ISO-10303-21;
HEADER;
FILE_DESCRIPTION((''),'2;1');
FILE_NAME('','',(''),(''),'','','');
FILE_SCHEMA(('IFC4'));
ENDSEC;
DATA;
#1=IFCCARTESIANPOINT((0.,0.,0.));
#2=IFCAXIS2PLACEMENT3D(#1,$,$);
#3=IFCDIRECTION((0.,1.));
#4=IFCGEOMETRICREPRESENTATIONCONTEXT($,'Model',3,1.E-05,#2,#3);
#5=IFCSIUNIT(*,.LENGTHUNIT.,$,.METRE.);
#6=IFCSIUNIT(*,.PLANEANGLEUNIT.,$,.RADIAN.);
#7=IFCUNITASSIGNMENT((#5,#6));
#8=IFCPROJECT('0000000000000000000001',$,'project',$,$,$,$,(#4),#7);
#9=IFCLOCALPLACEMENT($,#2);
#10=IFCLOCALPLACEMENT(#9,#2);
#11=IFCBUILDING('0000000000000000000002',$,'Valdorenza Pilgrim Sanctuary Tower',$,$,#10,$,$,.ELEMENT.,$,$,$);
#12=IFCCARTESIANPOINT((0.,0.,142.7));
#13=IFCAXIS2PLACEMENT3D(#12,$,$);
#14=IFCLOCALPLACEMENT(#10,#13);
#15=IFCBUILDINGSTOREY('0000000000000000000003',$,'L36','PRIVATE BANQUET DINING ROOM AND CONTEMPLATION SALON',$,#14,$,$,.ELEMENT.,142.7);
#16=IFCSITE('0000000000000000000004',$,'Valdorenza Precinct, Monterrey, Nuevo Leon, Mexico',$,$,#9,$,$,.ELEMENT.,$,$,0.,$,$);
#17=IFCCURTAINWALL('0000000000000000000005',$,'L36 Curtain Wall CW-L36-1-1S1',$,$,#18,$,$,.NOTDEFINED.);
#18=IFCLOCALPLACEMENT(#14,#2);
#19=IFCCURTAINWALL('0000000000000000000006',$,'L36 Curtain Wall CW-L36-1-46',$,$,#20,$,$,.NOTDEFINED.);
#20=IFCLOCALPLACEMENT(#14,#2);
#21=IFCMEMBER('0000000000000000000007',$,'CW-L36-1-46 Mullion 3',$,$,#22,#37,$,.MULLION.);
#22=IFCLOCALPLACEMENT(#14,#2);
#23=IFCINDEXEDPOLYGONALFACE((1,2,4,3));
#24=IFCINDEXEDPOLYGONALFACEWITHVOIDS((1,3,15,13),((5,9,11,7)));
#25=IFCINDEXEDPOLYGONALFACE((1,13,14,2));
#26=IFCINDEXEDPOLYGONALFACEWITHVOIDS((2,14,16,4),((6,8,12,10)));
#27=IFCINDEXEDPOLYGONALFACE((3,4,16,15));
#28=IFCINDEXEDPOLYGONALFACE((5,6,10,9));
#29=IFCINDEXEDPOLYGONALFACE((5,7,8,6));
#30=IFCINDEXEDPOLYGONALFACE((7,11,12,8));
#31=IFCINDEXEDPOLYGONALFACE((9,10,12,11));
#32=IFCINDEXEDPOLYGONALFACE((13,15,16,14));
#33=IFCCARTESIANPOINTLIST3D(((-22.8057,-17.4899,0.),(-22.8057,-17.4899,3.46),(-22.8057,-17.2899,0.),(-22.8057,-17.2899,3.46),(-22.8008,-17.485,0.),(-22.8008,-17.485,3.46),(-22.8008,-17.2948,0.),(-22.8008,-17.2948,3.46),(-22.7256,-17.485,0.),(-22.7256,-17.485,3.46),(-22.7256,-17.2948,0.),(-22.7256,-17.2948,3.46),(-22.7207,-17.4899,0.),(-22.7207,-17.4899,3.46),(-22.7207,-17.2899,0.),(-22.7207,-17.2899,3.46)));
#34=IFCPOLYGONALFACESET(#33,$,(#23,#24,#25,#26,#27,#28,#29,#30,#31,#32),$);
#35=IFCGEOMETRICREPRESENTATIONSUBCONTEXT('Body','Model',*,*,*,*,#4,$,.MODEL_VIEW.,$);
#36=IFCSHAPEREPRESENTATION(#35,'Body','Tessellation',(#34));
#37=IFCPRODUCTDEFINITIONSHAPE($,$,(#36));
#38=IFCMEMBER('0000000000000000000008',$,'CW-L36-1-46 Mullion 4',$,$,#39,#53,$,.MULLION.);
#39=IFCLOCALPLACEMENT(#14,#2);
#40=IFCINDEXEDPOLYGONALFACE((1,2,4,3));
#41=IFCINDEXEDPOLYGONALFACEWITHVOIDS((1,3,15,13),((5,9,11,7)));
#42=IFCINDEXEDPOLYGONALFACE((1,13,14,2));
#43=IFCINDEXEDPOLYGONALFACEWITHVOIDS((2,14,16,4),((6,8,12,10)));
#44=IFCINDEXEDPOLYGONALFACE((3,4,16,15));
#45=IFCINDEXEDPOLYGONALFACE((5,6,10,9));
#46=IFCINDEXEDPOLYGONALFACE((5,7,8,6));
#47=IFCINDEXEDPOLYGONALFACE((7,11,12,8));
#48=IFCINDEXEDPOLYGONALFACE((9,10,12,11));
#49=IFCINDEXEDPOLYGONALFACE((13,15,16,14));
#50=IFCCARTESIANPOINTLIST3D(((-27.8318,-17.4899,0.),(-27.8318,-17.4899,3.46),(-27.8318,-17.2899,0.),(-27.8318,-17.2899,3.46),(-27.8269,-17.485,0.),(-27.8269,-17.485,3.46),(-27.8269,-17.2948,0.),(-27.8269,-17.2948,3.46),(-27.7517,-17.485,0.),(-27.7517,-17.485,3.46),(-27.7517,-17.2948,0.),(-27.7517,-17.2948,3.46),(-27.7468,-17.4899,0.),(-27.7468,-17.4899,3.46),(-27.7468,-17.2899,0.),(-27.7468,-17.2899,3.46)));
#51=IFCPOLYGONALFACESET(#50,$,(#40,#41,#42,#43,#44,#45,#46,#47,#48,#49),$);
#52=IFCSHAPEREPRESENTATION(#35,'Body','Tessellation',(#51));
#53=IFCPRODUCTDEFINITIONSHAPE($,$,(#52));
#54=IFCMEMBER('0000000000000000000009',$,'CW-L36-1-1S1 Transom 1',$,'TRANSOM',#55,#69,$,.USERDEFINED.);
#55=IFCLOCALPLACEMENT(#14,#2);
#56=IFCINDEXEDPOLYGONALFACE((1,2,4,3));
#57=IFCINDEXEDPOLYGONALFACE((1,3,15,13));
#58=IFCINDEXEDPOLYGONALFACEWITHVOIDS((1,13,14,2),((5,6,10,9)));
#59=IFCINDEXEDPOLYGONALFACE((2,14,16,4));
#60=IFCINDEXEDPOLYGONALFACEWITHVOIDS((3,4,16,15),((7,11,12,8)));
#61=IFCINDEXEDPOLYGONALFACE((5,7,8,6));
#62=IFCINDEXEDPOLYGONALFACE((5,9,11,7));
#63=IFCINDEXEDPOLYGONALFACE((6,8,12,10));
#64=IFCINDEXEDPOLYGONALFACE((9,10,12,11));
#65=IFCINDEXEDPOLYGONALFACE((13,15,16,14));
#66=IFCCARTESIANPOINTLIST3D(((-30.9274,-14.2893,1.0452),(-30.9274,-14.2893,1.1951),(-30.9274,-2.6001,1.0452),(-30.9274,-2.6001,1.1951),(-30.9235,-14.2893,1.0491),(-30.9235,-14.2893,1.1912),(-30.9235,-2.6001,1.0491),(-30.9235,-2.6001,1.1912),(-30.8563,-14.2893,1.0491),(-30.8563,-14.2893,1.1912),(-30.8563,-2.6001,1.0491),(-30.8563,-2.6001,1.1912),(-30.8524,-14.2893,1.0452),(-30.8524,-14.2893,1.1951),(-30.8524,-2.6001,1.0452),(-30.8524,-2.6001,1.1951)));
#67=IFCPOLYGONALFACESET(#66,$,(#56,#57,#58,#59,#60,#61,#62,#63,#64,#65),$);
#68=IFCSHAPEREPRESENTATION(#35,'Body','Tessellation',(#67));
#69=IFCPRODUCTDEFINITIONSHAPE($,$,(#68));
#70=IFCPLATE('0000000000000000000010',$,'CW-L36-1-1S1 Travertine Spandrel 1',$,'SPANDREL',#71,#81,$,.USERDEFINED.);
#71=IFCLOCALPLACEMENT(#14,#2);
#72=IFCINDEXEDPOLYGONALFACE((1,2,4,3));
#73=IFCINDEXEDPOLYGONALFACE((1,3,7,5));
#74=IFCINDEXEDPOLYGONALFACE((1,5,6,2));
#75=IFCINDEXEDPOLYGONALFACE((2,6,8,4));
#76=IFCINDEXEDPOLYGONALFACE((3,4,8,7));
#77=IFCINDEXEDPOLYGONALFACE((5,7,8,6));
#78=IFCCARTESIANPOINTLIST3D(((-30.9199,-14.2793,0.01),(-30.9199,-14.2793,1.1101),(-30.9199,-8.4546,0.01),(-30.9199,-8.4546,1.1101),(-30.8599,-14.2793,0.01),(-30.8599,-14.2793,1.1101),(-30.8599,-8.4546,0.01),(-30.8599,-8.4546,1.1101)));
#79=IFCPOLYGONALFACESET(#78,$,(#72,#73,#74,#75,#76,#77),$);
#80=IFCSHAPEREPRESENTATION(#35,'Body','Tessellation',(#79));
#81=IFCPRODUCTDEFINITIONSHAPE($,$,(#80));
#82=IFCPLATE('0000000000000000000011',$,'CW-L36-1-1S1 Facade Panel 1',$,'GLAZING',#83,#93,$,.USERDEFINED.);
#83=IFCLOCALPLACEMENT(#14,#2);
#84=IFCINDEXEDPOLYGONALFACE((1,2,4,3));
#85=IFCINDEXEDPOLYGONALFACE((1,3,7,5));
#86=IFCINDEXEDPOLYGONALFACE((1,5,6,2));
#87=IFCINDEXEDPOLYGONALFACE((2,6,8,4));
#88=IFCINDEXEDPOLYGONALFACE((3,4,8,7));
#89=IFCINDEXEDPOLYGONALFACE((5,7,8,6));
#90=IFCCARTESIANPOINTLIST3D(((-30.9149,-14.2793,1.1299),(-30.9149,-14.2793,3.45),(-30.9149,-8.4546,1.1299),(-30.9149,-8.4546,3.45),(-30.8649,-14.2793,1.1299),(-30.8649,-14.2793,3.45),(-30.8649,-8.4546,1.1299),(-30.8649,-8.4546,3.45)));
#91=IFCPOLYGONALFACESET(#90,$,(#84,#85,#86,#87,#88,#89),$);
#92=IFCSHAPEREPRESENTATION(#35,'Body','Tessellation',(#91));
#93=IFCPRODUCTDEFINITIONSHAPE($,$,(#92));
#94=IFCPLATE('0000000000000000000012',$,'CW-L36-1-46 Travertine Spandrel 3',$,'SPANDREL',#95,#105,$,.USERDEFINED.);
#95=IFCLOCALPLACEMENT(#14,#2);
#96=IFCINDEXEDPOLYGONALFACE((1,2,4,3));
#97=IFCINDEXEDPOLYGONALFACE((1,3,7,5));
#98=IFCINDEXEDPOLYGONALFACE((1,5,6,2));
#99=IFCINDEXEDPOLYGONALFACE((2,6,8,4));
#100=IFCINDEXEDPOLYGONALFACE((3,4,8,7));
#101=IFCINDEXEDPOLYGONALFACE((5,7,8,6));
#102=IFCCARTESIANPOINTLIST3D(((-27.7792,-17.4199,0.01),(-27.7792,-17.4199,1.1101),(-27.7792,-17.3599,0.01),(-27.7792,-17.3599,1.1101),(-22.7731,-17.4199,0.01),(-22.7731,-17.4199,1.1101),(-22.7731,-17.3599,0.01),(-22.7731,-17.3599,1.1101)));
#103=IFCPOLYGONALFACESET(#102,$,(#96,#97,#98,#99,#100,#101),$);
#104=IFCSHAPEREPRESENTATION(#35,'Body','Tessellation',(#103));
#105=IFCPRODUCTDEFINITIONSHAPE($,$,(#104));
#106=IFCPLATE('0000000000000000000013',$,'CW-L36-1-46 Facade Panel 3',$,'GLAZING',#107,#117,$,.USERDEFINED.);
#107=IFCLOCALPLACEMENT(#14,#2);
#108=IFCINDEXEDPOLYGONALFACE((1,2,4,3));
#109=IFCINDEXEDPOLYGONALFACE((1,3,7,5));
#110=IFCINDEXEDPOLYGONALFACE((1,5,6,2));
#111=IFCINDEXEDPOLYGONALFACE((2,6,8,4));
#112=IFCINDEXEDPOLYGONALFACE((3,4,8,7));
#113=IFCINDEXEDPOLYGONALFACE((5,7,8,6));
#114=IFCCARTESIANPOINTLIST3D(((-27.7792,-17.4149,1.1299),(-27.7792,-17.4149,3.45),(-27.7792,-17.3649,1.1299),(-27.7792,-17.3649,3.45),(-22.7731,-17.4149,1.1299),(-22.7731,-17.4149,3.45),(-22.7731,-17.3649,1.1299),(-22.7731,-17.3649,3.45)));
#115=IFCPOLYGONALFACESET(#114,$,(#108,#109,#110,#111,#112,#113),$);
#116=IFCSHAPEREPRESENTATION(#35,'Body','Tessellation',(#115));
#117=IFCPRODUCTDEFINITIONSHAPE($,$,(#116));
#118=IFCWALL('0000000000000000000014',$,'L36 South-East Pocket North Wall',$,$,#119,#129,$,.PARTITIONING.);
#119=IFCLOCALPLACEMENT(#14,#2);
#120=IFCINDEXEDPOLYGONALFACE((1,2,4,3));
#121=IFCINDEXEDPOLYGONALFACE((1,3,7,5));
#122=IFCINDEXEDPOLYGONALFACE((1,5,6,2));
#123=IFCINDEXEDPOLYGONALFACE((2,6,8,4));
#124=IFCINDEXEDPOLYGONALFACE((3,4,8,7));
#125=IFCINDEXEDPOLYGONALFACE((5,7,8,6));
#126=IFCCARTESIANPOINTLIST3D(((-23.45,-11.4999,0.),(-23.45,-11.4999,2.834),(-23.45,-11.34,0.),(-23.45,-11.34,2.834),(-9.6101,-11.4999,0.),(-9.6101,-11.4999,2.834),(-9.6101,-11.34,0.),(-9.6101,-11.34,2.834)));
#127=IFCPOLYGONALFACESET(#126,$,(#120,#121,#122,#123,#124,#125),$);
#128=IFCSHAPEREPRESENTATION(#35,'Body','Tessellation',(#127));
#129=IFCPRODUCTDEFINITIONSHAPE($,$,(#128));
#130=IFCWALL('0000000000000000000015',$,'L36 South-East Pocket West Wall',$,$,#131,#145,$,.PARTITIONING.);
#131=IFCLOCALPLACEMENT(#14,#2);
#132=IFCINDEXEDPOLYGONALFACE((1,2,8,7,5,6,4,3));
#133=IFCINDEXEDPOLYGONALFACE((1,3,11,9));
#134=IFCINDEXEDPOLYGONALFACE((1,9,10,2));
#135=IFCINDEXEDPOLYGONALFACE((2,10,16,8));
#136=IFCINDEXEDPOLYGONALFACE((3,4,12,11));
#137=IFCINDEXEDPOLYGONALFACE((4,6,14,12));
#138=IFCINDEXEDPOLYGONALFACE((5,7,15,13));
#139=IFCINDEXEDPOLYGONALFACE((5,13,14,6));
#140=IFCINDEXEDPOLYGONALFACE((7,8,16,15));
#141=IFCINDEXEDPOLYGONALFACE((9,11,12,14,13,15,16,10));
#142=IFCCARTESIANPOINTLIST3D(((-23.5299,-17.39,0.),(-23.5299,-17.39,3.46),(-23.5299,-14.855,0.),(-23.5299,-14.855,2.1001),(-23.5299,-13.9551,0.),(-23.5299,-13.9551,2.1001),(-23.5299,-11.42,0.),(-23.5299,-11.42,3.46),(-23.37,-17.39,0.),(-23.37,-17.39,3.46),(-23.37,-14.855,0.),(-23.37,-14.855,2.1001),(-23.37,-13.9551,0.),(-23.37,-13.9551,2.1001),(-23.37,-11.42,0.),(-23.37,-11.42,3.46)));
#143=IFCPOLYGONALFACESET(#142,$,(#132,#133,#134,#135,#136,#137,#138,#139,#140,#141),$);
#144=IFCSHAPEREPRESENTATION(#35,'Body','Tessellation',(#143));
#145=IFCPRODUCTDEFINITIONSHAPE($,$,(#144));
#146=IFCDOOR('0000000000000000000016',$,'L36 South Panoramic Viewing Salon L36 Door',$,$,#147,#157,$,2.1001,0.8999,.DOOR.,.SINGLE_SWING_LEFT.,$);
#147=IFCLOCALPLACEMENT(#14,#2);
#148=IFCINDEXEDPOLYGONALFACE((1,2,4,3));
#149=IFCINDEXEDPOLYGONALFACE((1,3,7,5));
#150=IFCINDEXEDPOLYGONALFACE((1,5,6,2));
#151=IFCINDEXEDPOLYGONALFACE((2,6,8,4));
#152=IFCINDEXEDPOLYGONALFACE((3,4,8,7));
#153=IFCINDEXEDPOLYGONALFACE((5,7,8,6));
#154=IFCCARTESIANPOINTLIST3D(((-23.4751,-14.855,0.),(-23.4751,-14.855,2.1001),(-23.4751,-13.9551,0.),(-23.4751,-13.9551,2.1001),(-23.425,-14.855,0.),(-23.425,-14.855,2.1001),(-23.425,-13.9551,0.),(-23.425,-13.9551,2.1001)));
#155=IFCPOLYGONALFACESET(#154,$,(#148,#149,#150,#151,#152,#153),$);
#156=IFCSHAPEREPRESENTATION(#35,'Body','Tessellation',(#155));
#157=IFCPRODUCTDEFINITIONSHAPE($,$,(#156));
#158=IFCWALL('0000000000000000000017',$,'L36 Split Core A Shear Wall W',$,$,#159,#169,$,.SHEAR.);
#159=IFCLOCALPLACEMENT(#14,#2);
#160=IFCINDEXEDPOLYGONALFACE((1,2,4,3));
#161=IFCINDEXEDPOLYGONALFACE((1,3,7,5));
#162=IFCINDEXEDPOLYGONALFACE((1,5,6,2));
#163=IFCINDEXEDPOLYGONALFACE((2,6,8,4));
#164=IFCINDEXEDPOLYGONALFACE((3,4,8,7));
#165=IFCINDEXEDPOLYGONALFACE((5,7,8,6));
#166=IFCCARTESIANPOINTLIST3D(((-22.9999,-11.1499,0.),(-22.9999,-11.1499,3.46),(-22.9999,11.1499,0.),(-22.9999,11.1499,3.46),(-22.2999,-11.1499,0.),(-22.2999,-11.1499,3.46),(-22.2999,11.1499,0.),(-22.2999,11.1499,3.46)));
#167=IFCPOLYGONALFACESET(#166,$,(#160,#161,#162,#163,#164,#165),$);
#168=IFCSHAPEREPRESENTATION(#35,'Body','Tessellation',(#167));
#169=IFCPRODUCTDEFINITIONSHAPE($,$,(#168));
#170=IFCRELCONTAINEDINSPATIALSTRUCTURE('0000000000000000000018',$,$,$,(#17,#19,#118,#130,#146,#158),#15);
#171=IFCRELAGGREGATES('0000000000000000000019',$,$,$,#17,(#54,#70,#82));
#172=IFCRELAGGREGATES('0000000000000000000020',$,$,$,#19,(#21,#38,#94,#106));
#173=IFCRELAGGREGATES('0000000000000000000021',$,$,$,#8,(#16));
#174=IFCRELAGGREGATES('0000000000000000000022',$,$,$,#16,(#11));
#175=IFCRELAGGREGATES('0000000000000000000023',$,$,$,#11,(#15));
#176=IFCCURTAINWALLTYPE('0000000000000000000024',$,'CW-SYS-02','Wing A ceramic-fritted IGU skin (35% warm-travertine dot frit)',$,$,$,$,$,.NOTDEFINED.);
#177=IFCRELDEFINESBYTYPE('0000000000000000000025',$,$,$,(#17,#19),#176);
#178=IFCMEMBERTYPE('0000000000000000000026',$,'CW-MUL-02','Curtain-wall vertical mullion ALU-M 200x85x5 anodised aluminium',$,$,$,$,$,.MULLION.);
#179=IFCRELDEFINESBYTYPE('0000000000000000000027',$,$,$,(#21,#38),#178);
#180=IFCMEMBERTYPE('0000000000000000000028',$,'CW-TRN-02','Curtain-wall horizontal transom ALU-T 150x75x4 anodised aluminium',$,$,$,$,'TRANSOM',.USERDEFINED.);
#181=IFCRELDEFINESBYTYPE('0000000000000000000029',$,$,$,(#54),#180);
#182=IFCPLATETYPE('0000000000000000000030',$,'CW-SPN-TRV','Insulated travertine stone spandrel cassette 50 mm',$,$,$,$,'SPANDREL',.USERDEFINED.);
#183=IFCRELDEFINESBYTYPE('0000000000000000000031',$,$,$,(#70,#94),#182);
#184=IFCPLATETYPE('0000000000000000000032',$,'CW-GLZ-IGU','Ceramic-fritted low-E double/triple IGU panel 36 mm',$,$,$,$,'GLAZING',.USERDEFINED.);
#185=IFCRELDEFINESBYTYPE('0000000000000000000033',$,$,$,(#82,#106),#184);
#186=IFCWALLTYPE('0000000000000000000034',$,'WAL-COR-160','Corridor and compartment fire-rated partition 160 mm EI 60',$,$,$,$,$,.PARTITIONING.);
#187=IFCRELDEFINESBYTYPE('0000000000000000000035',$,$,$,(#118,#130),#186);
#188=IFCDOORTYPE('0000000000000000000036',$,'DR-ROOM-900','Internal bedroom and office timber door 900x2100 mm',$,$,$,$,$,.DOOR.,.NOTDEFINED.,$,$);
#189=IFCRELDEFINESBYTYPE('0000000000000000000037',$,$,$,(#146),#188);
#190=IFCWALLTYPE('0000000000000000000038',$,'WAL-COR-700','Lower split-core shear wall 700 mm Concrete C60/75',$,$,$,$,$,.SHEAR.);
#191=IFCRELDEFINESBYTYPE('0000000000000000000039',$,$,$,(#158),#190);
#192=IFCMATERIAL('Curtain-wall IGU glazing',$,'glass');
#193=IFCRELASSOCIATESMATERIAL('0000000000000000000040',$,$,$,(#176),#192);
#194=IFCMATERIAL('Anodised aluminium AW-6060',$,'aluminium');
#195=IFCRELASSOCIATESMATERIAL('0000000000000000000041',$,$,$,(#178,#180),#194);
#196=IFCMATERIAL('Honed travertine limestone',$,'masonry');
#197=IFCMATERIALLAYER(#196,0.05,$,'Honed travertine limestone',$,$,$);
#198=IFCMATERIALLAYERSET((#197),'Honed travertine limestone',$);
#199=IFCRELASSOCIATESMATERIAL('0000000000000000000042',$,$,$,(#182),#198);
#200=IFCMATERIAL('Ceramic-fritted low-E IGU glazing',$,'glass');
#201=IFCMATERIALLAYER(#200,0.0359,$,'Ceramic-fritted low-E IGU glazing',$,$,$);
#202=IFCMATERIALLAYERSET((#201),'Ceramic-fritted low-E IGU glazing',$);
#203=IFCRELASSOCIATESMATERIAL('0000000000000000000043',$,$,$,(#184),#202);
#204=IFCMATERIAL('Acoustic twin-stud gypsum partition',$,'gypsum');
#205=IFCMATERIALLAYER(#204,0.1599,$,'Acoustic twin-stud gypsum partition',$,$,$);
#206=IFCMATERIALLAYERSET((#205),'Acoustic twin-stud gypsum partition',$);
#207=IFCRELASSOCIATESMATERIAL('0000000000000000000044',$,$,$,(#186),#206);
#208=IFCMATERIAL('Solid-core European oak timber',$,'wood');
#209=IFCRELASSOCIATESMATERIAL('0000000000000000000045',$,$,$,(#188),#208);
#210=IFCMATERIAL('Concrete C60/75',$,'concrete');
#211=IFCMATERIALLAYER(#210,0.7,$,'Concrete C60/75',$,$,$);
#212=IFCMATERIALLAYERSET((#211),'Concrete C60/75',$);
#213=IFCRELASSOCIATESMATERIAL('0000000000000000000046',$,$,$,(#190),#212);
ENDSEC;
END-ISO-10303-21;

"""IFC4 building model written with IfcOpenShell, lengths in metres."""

from ifc_helpers import new_model, si_unit, direction, frame, frame_2d, origin, origin_2d, place, context, subcontext, project, spatial, rectangle, hollow_rectangle, extrude, source, transform, mapped, material, layer, layer_set, material_profile, profile_set, type_object, element, fill, aggregate, save


model = new_model("IFC4")

# Units and contexts
model_context = context("Model", 3, precision=1e-05, world=origin(), true_north=direction((0.0, 1.0)))
body_context = subcontext(model_context, "Body", "Model", "MODEL_VIEW")
ifc_project = project(units=[si_unit("LENGTHUNIT", "METRE"), si_unit("PLANEANGLEUNIT", "RADIAN")], contexts=[model_context])

# Site, building, storey
site_placement = place(None, origin())
site = spatial("IfcSite", under=ifc_project, at=site_placement, Name="Valdorenza Precinct, Monterrey, Nuevo Leon, Mexico", CompositionType="ELEMENT", RefElevation=0.0)
building_placement = place(site_placement, origin())
building = spatial("IfcBuilding", under=site, at=building_placement, Name="Valdorenza Pilgrim Sanctuary Tower", CompositionType="ELEMENT")
storey_placement = place(building_placement, frame((0.0, 0.0, 142.7)))
storey = spatial("IfcBuildingStorey", under=building, at=storey_placement, Name="L36", Description="PRIVATE BANQUET DINING ROOM AND CONTEMPLATION SALON", CompositionType="ELEMENT", Elevation=142.7)

# Shared definitions
ifc_material_1 = material(Name="Concrete C60/75", Category="concrete")

# Curtain wall
ifc_material_2 = material(Name="Curtain-wall IGU glazing", Category="glass")
curtain_wall_type = type_object("IfcCurtainWallType", Name="CW-SYS-02", Description="Wing A ceramic-fritted IGU skin (35% warm-travertine dot frit)", PredefinedType="NOTDEFINED", material=ifc_material_2)
curtain_wall_1_placement = place(storey_placement, origin())
curtain_wall_1 = element("IfcCurtainWall", 1, at=curtain_wall_1_placement, inside=storey, type_object=curtain_wall_type, Name="L36 Curtain Wall CW-L36-1-1S1", PredefinedType="NOTDEFINED")
ifc_material_3 = material(Name="Anodised aluminium AW-6060", Category="aluminium")
ifc_material_profile_1 = material_profile(ifc_material_3, hollow_rectangle(XDim=0.085, YDim=0.2, WallThickness=0.0049, at=origin_2d()), Name="ALU-M 200x85x5")
ifc_profile_set_1 = profile_set([ifc_material_profile_1], Name="Anodised aluminium AW-6060")
member_type_1 = type_object("IfcMemberType", Name="CW-MUL-02", Description="Curtain-wall vertical mullion ALU-M 200x85x5 anodised aluminium", PredefinedType="MULLION", material=ifc_profile_set_1)
shared_shape_1 = source(origin(), body_context, "Body", "SweptSolid", [
    extrude(hollow_rectangle(XDim=0.085, YDim=0.2, WallThickness=0.0049, at=origin_2d()), origin(), (0.0, 0.0, 1.0), 3.46),
])

# Curtain wall, members
curtain_wall_2_placement = place(storey_placement, origin())
curtain_wall_2 = element("IfcCurtainWall", 2, at=curtain_wall_2_placement, inside=storey, type_object=curtain_wall_type, Name="L36 Curtain Wall CW-L36-1-46", PredefinedType="NOTDEFINED")
member_1_placement = place(storey_placement, frame((-22.7632, -17.3899, 0.0), z_axis=(0.0, 0.0, 1.0), x_axis=(-1.0, 0.0, 0.0)))
member_1 = element("IfcMember", 3, at=member_1_placement, type_object=member_type_1, Name="CW-L36-1-46 Mullion 3", PredefinedType="MULLION", context=body_context, shape_type="MappedRepresentation", body=[
    mapped(shared_shape_1, transform((0.0, 0.0, 0.0), x_axis=(1.0, 0.0, 0.0), y_axis=(0.0, 1.0, 0.0), z_axis=(0.0, 0.0, 1.0), scale=1.0)),
])
member_2_placement = place(storey_placement, frame((-27.7893, -17.3899, 0.0), z_axis=(0.0, 0.0, 1.0), x_axis=(-1.0, 0.0, 0.0)))
member_2 = element("IfcMember", 4, at=member_2_placement, type_object=member_type_1, Name="CW-L36-1-46 Mullion 4", PredefinedType="MULLION", context=body_context, shape_type="MappedRepresentation", body=[
    mapped(shared_shape_1, transform((0.0, 0.0, 0.0), x_axis=(1.0, 0.0, 0.0), y_axis=(0.0, 1.0, 0.0), z_axis=(0.0, 0.0, 1.0), scale=1.0)),
])

# Member
ifc_material_profile_2 = material_profile(ifc_material_3, hollow_rectangle(XDim=0.075, YDim=0.1499, WallThickness=0.0039, at=origin_2d()), Name="ALU-T 150x75x4")
ifc_profile_set_2 = profile_set([ifc_material_profile_2], Name="Anodised aluminium AW-6060")
member_type_2 = type_object("IfcMemberType", Name="CW-TRN-02", Description="Curtain-wall horizontal transom ALU-T 150x75x4 anodised aluminium", ElementType="TRANSOM", PredefinedType="USERDEFINED", material=ifc_profile_set_2)
shared_shape_2 = source(origin(), body_context, "Body", "SweptSolid", [
    extrude(hollow_rectangle(XDim=0.075, YDim=0.1499, WallThickness=0.0039, at=origin_2d()), origin(), (0.0, 0.0, 1.0), 11.6892),
])
member_3_placement = place(storey_placement, frame((-30.8899, -14.2893, 1.1201), z_axis=(0.0, 1.0, 0.0), x_axis=(-1.0, 0.0, 0.0)))
member_3 = element("IfcMember", 5, at=member_3_placement, type_object=member_type_2, Name="CW-L36-1-1S1 Transom 1", ObjectType="TRANSOM", PredefinedType="USERDEFINED", context=body_context, shape_type="MappedRepresentation", body=[
    mapped(shared_shape_2, transform((0.0, 0.0, 0.0), x_axis=(1.0, 0.0, 0.0), y_axis=(0.0, 1.0, 0.0), z_axis=(0.0, 0.0, 1.0), scale=1.0)),
])

# Plates
ifc_material_4 = material(Name="Honed travertine limestone", Category="masonry")
ifc_layer_1 = layer(ifc_material_4, 0.05, Name="Honed travertine limestone")
ifc_layer_set_1 = layer_set([ifc_layer_1], Name="Honed travertine limestone")
plate_type_1 = type_object("IfcPlateType", Name="CW-SPN-TRV", Description="Insulated travertine stone spandrel cassette 50 mm", ElementType="SPANDREL", PredefinedType="USERDEFINED", material=ifc_layer_set_1)
shared_shape_3 = source(origin(), body_context, "Body", "SweptSolid", [
    extrude(rectangle(XDim=5.8247, YDim=0.0601, at=origin_2d()), origin(), (0.0, 0.0, 1.0), 1.1001),
])
plate_1_placement = place(storey_placement, frame((-30.8899, -11.3669, 0.01), z_axis=(0.0, 0.0, 1.0), x_axis=(0.0, 1.0, 0.0)))
plate_1 = element("IfcPlate", 6, at=plate_1_placement, type_object=plate_type_1, Name="CW-L36-1-1S1 Travertine Spandrel 1", ObjectType="SPANDREL", PredefinedType="USERDEFINED", context=body_context, shape_type="MappedRepresentation", body=[
    mapped(shared_shape_3, transform((0.0, 0.0, 0.0), x_axis=(1.0, 0.0, 0.0), y_axis=(0.0, 1.0, 0.0), z_axis=(0.0, 0.0, 1.0), scale=1.0)),
])
ifc_material_5 = material(Name="Ceramic-fritted low-E IGU glazing", Category="glass")
ifc_layer_2 = layer(ifc_material_5, 0.0359, Name="Ceramic-fritted low-E IGU glazing")
ifc_layer_set_2 = layer_set([ifc_layer_2], Name="Ceramic-fritted low-E IGU glazing")
plate_type_2 = type_object("IfcPlateType", Name="CW-GLZ-IGU", Description="Ceramic-fritted low-E double/triple IGU panel 36 mm", ElementType="GLAZING", PredefinedType="USERDEFINED", material=ifc_layer_set_2)
shared_shape_4 = source(origin(), body_context, "Body", "SweptSolid", [
    extrude(rectangle(XDim=5.8247, YDim=0.05, at=origin_2d()), origin(), (0.0, 0.0, 1.0), 2.3201),
])
plate_2_placement = place(storey_placement, frame((-30.8899, -11.3669, 1.1299), z_axis=(0.0, 0.0, 1.0), x_axis=(0.0, 1.0, 0.0)))
plate_2 = element("IfcPlate", 7, at=plate_2_placement, type_object=plate_type_2, Name="CW-L36-1-1S1 Facade Panel 1", ObjectType="GLAZING", PredefinedType="USERDEFINED", context=body_context, shape_type="MappedRepresentation", body=[
    mapped(shared_shape_4, transform((0.0, 0.0, 0.0), x_axis=(1.0, 0.0, 0.0), y_axis=(0.0, 1.0, 0.0), z_axis=(0.0, 0.0, 1.0), scale=1.0)),
])
aggregate(curtain_wall_1, [member_3, plate_1, plate_2])
shared_shape_5 = source(origin(), body_context, "Body", "SweptSolid", [
    extrude(rectangle(XDim=5.0061, YDim=0.0601, at=origin_2d()), origin(), (0.0, 0.0, 1.0), 1.1001),
])
plate_3_placement = place(storey_placement, frame((-25.2761, -17.3899, 0.01), z_axis=(0.0, 0.0, 1.0), x_axis=(-1.0, 0.0, 0.0)))
plate_3 = element("IfcPlate", 8, at=plate_3_placement, type_object=plate_type_1, Name="CW-L36-1-46 Travertine Spandrel 3", ObjectType="SPANDREL", PredefinedType="USERDEFINED", context=body_context, shape_type="MappedRepresentation", body=[
    mapped(shared_shape_5, transform((0.0, 0.0, 0.0), x_axis=(1.0, 0.0, 0.0), y_axis=(0.0, 1.0, 0.0), z_axis=(0.0, 0.0, 1.0), scale=1.0)),
])
shared_shape_6 = source(origin(), body_context, "Body", "SweptSolid", [
    extrude(rectangle(XDim=5.0061, YDim=0.05, at=origin_2d()), origin(), (0.0, 0.0, 1.0), 2.3201),
])
plate_4_placement = place(storey_placement, frame((-25.2761, -17.3899, 1.1299), z_axis=(0.0, 0.0, 1.0), x_axis=(-1.0, 0.0, 0.0)))
plate_4 = element("IfcPlate", 9, at=plate_4_placement, type_object=plate_type_2, Name="CW-L36-1-46 Facade Panel 3", ObjectType="GLAZING", PredefinedType="USERDEFINED", context=body_context, shape_type="MappedRepresentation", body=[
    mapped(shared_shape_6, transform((0.0, 0.0, 0.0), x_axis=(1.0, 0.0, 0.0), y_axis=(0.0, 1.0, 0.0), z_axis=(0.0, 0.0, 1.0), scale=1.0)),
])
aggregate(curtain_wall_2, [member_1, member_2, plate_3, plate_4])

# Wall
ifc_material_6 = material(Name="Acoustic twin-stud gypsum partition", Category="gypsum")
ifc_layer_3 = layer(ifc_material_6, 0.1599, Name="Acoustic twin-stud gypsum partition")
ifc_layer_set_3 = layer_set([ifc_layer_3], Name="Acoustic twin-stud gypsum partition")
wall_type_1 = type_object("IfcWallType", Name="WAL-COR-160", Description="Corridor and compartment fire-rated partition 160 mm EI 60", PredefinedType="PARTITIONING", material=ifc_layer_set_3)
wall_1_placement = place(storey_placement, frame((-23.45, -11.4199, 0.0), z_axis=(0.0, 0.0, 1.0), x_axis=(1.0, 0.0, 0.0)))
element("IfcWall", 10, at=wall_1_placement, inside=storey, type_object=wall_type_1, Name="L36 South-East Pocket North Wall", PredefinedType="PARTITIONING", context=body_context, shape_type="SweptSolid", body=[
    extrude(rectangle(XDim=13.8398, YDim=0.1599, at=frame_2d((6.9199, 0.0))), origin(), (0.0, 0.0, 1.0), 2.834),
])

# Wall, opening, door
wall_2_placement = place(storey_placement, frame((-23.45, -17.3899, 0.0), z_axis=(0.0, 0.0, 1.0), x_axis=(0.0, 1.0, 0.0)))
wall_2 = element("IfcWall", 11, at=wall_2_placement, inside=storey, type_object=wall_type_1, Name="L36 South-East Pocket West Wall", PredefinedType="PARTITIONING", context=body_context, shape_type="SweptSolid", body=[
    extrude(rectangle(XDim=5.97, YDim=0.1599, at=frame_2d((2.9849, 0.0))), origin(), (0.0, 0.0, 1.0), 3.46),
])
opening_placement = place(wall_2_placement, frame((2.5349, 0.0, 0.0)))
opening = element("IfcOpeningElement", 12, at=opening_placement, cuts=wall_2, PredefinedType="OPENING", context=body_context, shape_type="SweptSolid", body=[
    extrude(rectangle(XDim=0.8999, YDim=2.1001, at=frame_2d((0.45, 1.05))), frame((0.0, 0.0947, 0.0), z_axis=(0.0, -1.0, 0.0), x_axis=(1.0, 0.0, 0.0)), (0.0, 0.0, 1.0), 0.1897),
])
ifc_material_7 = material(Name="Solid-core European oak timber", Category="wood")
door_type = type_object("IfcDoorType", Name="DR-ROOM-900", Description="Internal bedroom and office timber door 900x2100 mm", OperationType="NOTDEFINED", PredefinedType="DOOR", material=ifc_material_7)
door_placement = place(opening_placement, frame((0.8999, 0.0, 0.0), z_axis=(0.0, 0.0, 1.0), x_axis=(-1.0, 0.0, 0.0)))
door = element("IfcDoor", 13, at=door_placement, inside=storey, type_object=door_type, Name="L36 South Panoramic Viewing Salon L36 Door", OperationType="SINGLE_SWING_LEFT", OverallHeight=2.1001, OverallWidth=0.8999, PredefinedType="DOOR", context=body_context, shape_type="SweptSolid", body=[
    extrude(rectangle(XDim=0.8999, YDim=2.1001, at=frame_2d((0.45, 1.05))), frame((0.0, 0.0249, 0.0), z_axis=(0.0, -1.0, 0.0), x_axis=(1.0, 0.0, 0.0)), (0.0, 0.0, 1.0), 0.05),
])
fill(opening, door)

# Wall
ifc_layer_4 = layer(ifc_material_1, 0.7, Name="Concrete C60/75")
ifc_layer_set_4 = layer_set([ifc_layer_4], Name="Concrete C60/75")
wall_type_2 = type_object("IfcWallType", Name="WAL-COR-700", Description="Lower split-core shear wall 700 mm Concrete C60/75", PredefinedType="SHEAR", material=ifc_layer_set_4)
wall_3_placement = place(storey_placement, frame((-22.6499, -11.1499, 0.0), z_axis=(0.0, 0.0, 1.0), x_axis=(0.0, 1.0, 0.0)))
element("IfcWall", 14, at=wall_3_placement, inside=storey, type_object=wall_type_2, Name="L36 Split Core A Shear Wall W", PredefinedType="SHEAR", context=body_context, shape_type="SweptSolid", body=[
    extrude(rectangle(XDim=22.2998, YDim=0.7, at=frame_2d((11.1499, 0.0))), origin(), (0.0, 0.0, 1.0), 3.46),
])

save(model, "model.ifc")
